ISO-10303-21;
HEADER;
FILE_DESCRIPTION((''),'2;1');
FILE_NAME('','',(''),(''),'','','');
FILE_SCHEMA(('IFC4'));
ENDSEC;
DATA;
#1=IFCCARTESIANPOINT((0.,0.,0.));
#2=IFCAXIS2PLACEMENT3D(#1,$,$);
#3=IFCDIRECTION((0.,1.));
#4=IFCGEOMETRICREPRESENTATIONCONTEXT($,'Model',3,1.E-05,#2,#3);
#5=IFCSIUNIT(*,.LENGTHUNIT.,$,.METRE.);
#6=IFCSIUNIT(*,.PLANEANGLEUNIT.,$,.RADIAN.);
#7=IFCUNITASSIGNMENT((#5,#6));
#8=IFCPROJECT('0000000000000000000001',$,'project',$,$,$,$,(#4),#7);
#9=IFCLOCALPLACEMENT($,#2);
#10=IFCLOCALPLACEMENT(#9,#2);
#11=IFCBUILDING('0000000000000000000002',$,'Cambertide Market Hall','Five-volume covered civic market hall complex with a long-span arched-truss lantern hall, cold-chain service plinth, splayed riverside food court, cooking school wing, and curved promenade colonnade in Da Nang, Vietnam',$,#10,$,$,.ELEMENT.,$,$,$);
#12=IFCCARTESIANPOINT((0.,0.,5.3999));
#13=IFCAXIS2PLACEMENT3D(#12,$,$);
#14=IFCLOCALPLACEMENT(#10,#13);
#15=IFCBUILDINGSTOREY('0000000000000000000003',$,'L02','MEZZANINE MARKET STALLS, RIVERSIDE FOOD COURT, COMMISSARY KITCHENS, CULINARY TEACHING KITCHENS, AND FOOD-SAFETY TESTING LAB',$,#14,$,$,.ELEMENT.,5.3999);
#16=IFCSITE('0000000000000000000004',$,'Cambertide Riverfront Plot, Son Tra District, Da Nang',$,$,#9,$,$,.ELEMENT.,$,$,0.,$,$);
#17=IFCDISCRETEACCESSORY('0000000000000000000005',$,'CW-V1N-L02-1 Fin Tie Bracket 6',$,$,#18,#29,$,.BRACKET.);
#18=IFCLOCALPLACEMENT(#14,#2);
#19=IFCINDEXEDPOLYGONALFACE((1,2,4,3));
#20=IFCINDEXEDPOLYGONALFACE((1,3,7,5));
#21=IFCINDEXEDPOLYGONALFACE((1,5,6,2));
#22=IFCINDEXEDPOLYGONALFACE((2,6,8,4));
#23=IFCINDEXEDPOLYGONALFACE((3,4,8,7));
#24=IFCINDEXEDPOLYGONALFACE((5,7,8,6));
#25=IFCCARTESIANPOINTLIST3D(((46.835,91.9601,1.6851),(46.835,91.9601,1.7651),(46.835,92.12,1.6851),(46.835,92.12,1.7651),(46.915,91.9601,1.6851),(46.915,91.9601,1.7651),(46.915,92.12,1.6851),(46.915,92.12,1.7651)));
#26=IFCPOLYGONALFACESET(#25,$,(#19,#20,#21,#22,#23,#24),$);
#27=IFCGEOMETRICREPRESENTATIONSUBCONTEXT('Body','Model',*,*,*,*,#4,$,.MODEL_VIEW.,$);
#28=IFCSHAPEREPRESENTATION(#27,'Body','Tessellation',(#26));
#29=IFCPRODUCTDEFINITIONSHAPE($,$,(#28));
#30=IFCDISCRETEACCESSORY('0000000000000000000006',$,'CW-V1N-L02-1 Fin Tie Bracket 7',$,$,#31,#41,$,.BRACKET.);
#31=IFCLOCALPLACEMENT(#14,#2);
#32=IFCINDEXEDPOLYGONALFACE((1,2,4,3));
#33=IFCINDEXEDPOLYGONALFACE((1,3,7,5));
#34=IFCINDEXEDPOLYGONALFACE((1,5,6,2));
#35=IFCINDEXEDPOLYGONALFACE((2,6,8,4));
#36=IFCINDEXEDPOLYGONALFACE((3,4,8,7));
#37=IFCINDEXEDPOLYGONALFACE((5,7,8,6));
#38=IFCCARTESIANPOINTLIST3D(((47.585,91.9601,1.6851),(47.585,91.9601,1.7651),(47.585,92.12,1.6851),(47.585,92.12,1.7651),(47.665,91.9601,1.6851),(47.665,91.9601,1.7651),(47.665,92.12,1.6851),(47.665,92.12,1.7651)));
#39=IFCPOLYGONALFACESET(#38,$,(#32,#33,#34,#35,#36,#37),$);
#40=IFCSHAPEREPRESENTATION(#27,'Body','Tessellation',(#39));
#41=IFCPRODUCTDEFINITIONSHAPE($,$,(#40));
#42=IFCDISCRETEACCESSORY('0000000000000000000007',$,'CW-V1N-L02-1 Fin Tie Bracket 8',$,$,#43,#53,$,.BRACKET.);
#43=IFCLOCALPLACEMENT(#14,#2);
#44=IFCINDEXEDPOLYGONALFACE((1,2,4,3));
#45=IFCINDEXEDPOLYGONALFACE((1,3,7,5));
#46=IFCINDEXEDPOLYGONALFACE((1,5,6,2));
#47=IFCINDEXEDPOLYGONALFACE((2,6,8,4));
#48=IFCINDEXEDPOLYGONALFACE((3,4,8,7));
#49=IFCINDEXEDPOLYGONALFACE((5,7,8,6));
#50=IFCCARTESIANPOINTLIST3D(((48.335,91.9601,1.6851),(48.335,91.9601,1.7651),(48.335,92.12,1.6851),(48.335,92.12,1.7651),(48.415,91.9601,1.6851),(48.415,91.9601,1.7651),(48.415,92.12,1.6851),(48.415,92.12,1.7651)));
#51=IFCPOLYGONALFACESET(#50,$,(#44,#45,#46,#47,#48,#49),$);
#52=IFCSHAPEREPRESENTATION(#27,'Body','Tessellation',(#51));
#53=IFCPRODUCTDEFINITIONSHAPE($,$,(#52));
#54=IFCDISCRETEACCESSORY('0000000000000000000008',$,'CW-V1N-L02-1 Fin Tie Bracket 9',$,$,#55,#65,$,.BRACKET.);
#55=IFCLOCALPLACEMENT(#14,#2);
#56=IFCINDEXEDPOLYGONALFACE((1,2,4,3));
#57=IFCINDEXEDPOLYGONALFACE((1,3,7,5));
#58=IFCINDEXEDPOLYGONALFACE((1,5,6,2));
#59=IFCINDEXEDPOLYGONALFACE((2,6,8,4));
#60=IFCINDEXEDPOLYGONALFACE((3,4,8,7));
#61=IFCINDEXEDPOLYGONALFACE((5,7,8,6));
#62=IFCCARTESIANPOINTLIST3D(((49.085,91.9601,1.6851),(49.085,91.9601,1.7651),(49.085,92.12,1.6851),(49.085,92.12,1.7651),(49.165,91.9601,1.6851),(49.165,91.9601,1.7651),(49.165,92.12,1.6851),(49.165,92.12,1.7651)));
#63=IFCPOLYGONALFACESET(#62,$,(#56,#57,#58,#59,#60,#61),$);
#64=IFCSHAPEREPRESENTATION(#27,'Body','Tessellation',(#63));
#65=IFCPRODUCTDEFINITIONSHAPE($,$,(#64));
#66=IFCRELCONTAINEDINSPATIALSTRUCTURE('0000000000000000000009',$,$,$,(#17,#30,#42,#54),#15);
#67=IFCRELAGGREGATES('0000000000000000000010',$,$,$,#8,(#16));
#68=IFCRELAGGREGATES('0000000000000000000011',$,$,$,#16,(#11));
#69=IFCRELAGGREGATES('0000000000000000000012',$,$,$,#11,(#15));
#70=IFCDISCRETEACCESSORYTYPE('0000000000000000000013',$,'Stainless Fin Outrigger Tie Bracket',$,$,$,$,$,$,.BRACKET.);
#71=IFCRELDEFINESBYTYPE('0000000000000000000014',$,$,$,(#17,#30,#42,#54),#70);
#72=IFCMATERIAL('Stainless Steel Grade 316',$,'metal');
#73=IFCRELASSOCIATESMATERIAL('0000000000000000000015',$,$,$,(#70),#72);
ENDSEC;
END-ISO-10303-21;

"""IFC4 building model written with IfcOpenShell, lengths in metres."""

from ifc_helpers import new_model, si_unit, direction, frame, origin, origin_2d, place, context, subcontext, project, spatial, rectangle, extrude, material, type_object, element, save


model = new_model("IFC4")

# Units and contexts
model_context = context("Model", 3, precision=1e-05, world=origin(), true_north=direction((0.0, 1.0)))
body_context = subcontext(model_context, "Body", "Model", "MODEL_VIEW")
ifc_project = project(units=[si_unit("LENGTHUNIT", "METRE"), si_unit("PLANEANGLEUNIT", "RADIAN")], contexts=[model_context])

# Site, building, storey
site_placement = place(None, origin())
site = spatial("IfcSite", under=ifc_project, at=site_placement, Name="Cambertide Riverfront Plot, Son Tra District, Da Nang", CompositionType="ELEMENT", RefElevation=0.0)
building_placement = place(site_placement, origin())
building = spatial("IfcBuilding", under=site, at=building_placement, Name="Cambertide Market Hall", Description="Five-volume covered civic market hall complex with a long-span arched-truss lantern hall, cold-chain service plinth, splayed riverside food court, cooking school wing, and curved promenade colonnade in Da Nang, Vietnam", CompositionType="ELEMENT")
storey_placement = place(building_placement, frame((0.0, 0.0, 5.3999)))
storey = spatial("IfcBuildingStorey", under=building, at=storey_placement, Name="L02", Description="MEZZANINE MARKET STALLS, RIVERSIDE FOOD COURT, COMMISSARY KITCHENS, CULINARY TEACHING KITCHENS, AND FOOD-SAFETY TESTING LAB", CompositionType="ELEMENT", Elevation=5.3999)

# Discrete accessories
ifc_material_1 = material(Name="Stainless Steel Grade 316", Category="metal")
discrete_accessory_type = type_object("IfcDiscreteAccessoryType", Name="Stainless Fin Outrigger Tie Bracket", PredefinedType="BRACKET", material=ifc_material_1)
for number, where, z_axis, x_axis, name in (
    (1, (46.875, 92.04, 1.6851), (0.0, 0.0, 1.0), (1.0, 0.0, 0.0), "CW-V1N-L02-1 Fin Tie Bracket 6"),
    (2, (47.625, 92.04, 1.6851), (0.0, 0.0, 1.0), (1.0, 0.0, 0.0), "CW-V1N-L02-1 Fin Tie Bracket 7"),
    (3, (48.375, 92.04, 1.6851), (0.0, 0.0, 1.0), (1.0, 0.0, 0.0), "CW-V1N-L02-1 Fin Tie Bracket 8"),
    (4, (49.125, 92.04, 1.6851), (0.0, 0.0, 1.0), (1.0, 0.0, 0.0), "CW-V1N-L02-1 Fin Tie Bracket 9"),
):
    element("IfcDiscreteAccessory", number, at=place(storey_placement, frame(where, z_axis=z_axis, x_axis=x_axis)), inside=storey, type_object=discrete_accessory_type, Name=name, PredefinedType="BRACKET", context=body_context, shape_type="SweptSolid", body=[
        extrude(rectangle(XDim=0.0801, YDim=0.1599, at=origin_2d()), origin(), (0.0, 0.0, 1.0), 0.0801),
    ])

save(model, "model.ifc")
